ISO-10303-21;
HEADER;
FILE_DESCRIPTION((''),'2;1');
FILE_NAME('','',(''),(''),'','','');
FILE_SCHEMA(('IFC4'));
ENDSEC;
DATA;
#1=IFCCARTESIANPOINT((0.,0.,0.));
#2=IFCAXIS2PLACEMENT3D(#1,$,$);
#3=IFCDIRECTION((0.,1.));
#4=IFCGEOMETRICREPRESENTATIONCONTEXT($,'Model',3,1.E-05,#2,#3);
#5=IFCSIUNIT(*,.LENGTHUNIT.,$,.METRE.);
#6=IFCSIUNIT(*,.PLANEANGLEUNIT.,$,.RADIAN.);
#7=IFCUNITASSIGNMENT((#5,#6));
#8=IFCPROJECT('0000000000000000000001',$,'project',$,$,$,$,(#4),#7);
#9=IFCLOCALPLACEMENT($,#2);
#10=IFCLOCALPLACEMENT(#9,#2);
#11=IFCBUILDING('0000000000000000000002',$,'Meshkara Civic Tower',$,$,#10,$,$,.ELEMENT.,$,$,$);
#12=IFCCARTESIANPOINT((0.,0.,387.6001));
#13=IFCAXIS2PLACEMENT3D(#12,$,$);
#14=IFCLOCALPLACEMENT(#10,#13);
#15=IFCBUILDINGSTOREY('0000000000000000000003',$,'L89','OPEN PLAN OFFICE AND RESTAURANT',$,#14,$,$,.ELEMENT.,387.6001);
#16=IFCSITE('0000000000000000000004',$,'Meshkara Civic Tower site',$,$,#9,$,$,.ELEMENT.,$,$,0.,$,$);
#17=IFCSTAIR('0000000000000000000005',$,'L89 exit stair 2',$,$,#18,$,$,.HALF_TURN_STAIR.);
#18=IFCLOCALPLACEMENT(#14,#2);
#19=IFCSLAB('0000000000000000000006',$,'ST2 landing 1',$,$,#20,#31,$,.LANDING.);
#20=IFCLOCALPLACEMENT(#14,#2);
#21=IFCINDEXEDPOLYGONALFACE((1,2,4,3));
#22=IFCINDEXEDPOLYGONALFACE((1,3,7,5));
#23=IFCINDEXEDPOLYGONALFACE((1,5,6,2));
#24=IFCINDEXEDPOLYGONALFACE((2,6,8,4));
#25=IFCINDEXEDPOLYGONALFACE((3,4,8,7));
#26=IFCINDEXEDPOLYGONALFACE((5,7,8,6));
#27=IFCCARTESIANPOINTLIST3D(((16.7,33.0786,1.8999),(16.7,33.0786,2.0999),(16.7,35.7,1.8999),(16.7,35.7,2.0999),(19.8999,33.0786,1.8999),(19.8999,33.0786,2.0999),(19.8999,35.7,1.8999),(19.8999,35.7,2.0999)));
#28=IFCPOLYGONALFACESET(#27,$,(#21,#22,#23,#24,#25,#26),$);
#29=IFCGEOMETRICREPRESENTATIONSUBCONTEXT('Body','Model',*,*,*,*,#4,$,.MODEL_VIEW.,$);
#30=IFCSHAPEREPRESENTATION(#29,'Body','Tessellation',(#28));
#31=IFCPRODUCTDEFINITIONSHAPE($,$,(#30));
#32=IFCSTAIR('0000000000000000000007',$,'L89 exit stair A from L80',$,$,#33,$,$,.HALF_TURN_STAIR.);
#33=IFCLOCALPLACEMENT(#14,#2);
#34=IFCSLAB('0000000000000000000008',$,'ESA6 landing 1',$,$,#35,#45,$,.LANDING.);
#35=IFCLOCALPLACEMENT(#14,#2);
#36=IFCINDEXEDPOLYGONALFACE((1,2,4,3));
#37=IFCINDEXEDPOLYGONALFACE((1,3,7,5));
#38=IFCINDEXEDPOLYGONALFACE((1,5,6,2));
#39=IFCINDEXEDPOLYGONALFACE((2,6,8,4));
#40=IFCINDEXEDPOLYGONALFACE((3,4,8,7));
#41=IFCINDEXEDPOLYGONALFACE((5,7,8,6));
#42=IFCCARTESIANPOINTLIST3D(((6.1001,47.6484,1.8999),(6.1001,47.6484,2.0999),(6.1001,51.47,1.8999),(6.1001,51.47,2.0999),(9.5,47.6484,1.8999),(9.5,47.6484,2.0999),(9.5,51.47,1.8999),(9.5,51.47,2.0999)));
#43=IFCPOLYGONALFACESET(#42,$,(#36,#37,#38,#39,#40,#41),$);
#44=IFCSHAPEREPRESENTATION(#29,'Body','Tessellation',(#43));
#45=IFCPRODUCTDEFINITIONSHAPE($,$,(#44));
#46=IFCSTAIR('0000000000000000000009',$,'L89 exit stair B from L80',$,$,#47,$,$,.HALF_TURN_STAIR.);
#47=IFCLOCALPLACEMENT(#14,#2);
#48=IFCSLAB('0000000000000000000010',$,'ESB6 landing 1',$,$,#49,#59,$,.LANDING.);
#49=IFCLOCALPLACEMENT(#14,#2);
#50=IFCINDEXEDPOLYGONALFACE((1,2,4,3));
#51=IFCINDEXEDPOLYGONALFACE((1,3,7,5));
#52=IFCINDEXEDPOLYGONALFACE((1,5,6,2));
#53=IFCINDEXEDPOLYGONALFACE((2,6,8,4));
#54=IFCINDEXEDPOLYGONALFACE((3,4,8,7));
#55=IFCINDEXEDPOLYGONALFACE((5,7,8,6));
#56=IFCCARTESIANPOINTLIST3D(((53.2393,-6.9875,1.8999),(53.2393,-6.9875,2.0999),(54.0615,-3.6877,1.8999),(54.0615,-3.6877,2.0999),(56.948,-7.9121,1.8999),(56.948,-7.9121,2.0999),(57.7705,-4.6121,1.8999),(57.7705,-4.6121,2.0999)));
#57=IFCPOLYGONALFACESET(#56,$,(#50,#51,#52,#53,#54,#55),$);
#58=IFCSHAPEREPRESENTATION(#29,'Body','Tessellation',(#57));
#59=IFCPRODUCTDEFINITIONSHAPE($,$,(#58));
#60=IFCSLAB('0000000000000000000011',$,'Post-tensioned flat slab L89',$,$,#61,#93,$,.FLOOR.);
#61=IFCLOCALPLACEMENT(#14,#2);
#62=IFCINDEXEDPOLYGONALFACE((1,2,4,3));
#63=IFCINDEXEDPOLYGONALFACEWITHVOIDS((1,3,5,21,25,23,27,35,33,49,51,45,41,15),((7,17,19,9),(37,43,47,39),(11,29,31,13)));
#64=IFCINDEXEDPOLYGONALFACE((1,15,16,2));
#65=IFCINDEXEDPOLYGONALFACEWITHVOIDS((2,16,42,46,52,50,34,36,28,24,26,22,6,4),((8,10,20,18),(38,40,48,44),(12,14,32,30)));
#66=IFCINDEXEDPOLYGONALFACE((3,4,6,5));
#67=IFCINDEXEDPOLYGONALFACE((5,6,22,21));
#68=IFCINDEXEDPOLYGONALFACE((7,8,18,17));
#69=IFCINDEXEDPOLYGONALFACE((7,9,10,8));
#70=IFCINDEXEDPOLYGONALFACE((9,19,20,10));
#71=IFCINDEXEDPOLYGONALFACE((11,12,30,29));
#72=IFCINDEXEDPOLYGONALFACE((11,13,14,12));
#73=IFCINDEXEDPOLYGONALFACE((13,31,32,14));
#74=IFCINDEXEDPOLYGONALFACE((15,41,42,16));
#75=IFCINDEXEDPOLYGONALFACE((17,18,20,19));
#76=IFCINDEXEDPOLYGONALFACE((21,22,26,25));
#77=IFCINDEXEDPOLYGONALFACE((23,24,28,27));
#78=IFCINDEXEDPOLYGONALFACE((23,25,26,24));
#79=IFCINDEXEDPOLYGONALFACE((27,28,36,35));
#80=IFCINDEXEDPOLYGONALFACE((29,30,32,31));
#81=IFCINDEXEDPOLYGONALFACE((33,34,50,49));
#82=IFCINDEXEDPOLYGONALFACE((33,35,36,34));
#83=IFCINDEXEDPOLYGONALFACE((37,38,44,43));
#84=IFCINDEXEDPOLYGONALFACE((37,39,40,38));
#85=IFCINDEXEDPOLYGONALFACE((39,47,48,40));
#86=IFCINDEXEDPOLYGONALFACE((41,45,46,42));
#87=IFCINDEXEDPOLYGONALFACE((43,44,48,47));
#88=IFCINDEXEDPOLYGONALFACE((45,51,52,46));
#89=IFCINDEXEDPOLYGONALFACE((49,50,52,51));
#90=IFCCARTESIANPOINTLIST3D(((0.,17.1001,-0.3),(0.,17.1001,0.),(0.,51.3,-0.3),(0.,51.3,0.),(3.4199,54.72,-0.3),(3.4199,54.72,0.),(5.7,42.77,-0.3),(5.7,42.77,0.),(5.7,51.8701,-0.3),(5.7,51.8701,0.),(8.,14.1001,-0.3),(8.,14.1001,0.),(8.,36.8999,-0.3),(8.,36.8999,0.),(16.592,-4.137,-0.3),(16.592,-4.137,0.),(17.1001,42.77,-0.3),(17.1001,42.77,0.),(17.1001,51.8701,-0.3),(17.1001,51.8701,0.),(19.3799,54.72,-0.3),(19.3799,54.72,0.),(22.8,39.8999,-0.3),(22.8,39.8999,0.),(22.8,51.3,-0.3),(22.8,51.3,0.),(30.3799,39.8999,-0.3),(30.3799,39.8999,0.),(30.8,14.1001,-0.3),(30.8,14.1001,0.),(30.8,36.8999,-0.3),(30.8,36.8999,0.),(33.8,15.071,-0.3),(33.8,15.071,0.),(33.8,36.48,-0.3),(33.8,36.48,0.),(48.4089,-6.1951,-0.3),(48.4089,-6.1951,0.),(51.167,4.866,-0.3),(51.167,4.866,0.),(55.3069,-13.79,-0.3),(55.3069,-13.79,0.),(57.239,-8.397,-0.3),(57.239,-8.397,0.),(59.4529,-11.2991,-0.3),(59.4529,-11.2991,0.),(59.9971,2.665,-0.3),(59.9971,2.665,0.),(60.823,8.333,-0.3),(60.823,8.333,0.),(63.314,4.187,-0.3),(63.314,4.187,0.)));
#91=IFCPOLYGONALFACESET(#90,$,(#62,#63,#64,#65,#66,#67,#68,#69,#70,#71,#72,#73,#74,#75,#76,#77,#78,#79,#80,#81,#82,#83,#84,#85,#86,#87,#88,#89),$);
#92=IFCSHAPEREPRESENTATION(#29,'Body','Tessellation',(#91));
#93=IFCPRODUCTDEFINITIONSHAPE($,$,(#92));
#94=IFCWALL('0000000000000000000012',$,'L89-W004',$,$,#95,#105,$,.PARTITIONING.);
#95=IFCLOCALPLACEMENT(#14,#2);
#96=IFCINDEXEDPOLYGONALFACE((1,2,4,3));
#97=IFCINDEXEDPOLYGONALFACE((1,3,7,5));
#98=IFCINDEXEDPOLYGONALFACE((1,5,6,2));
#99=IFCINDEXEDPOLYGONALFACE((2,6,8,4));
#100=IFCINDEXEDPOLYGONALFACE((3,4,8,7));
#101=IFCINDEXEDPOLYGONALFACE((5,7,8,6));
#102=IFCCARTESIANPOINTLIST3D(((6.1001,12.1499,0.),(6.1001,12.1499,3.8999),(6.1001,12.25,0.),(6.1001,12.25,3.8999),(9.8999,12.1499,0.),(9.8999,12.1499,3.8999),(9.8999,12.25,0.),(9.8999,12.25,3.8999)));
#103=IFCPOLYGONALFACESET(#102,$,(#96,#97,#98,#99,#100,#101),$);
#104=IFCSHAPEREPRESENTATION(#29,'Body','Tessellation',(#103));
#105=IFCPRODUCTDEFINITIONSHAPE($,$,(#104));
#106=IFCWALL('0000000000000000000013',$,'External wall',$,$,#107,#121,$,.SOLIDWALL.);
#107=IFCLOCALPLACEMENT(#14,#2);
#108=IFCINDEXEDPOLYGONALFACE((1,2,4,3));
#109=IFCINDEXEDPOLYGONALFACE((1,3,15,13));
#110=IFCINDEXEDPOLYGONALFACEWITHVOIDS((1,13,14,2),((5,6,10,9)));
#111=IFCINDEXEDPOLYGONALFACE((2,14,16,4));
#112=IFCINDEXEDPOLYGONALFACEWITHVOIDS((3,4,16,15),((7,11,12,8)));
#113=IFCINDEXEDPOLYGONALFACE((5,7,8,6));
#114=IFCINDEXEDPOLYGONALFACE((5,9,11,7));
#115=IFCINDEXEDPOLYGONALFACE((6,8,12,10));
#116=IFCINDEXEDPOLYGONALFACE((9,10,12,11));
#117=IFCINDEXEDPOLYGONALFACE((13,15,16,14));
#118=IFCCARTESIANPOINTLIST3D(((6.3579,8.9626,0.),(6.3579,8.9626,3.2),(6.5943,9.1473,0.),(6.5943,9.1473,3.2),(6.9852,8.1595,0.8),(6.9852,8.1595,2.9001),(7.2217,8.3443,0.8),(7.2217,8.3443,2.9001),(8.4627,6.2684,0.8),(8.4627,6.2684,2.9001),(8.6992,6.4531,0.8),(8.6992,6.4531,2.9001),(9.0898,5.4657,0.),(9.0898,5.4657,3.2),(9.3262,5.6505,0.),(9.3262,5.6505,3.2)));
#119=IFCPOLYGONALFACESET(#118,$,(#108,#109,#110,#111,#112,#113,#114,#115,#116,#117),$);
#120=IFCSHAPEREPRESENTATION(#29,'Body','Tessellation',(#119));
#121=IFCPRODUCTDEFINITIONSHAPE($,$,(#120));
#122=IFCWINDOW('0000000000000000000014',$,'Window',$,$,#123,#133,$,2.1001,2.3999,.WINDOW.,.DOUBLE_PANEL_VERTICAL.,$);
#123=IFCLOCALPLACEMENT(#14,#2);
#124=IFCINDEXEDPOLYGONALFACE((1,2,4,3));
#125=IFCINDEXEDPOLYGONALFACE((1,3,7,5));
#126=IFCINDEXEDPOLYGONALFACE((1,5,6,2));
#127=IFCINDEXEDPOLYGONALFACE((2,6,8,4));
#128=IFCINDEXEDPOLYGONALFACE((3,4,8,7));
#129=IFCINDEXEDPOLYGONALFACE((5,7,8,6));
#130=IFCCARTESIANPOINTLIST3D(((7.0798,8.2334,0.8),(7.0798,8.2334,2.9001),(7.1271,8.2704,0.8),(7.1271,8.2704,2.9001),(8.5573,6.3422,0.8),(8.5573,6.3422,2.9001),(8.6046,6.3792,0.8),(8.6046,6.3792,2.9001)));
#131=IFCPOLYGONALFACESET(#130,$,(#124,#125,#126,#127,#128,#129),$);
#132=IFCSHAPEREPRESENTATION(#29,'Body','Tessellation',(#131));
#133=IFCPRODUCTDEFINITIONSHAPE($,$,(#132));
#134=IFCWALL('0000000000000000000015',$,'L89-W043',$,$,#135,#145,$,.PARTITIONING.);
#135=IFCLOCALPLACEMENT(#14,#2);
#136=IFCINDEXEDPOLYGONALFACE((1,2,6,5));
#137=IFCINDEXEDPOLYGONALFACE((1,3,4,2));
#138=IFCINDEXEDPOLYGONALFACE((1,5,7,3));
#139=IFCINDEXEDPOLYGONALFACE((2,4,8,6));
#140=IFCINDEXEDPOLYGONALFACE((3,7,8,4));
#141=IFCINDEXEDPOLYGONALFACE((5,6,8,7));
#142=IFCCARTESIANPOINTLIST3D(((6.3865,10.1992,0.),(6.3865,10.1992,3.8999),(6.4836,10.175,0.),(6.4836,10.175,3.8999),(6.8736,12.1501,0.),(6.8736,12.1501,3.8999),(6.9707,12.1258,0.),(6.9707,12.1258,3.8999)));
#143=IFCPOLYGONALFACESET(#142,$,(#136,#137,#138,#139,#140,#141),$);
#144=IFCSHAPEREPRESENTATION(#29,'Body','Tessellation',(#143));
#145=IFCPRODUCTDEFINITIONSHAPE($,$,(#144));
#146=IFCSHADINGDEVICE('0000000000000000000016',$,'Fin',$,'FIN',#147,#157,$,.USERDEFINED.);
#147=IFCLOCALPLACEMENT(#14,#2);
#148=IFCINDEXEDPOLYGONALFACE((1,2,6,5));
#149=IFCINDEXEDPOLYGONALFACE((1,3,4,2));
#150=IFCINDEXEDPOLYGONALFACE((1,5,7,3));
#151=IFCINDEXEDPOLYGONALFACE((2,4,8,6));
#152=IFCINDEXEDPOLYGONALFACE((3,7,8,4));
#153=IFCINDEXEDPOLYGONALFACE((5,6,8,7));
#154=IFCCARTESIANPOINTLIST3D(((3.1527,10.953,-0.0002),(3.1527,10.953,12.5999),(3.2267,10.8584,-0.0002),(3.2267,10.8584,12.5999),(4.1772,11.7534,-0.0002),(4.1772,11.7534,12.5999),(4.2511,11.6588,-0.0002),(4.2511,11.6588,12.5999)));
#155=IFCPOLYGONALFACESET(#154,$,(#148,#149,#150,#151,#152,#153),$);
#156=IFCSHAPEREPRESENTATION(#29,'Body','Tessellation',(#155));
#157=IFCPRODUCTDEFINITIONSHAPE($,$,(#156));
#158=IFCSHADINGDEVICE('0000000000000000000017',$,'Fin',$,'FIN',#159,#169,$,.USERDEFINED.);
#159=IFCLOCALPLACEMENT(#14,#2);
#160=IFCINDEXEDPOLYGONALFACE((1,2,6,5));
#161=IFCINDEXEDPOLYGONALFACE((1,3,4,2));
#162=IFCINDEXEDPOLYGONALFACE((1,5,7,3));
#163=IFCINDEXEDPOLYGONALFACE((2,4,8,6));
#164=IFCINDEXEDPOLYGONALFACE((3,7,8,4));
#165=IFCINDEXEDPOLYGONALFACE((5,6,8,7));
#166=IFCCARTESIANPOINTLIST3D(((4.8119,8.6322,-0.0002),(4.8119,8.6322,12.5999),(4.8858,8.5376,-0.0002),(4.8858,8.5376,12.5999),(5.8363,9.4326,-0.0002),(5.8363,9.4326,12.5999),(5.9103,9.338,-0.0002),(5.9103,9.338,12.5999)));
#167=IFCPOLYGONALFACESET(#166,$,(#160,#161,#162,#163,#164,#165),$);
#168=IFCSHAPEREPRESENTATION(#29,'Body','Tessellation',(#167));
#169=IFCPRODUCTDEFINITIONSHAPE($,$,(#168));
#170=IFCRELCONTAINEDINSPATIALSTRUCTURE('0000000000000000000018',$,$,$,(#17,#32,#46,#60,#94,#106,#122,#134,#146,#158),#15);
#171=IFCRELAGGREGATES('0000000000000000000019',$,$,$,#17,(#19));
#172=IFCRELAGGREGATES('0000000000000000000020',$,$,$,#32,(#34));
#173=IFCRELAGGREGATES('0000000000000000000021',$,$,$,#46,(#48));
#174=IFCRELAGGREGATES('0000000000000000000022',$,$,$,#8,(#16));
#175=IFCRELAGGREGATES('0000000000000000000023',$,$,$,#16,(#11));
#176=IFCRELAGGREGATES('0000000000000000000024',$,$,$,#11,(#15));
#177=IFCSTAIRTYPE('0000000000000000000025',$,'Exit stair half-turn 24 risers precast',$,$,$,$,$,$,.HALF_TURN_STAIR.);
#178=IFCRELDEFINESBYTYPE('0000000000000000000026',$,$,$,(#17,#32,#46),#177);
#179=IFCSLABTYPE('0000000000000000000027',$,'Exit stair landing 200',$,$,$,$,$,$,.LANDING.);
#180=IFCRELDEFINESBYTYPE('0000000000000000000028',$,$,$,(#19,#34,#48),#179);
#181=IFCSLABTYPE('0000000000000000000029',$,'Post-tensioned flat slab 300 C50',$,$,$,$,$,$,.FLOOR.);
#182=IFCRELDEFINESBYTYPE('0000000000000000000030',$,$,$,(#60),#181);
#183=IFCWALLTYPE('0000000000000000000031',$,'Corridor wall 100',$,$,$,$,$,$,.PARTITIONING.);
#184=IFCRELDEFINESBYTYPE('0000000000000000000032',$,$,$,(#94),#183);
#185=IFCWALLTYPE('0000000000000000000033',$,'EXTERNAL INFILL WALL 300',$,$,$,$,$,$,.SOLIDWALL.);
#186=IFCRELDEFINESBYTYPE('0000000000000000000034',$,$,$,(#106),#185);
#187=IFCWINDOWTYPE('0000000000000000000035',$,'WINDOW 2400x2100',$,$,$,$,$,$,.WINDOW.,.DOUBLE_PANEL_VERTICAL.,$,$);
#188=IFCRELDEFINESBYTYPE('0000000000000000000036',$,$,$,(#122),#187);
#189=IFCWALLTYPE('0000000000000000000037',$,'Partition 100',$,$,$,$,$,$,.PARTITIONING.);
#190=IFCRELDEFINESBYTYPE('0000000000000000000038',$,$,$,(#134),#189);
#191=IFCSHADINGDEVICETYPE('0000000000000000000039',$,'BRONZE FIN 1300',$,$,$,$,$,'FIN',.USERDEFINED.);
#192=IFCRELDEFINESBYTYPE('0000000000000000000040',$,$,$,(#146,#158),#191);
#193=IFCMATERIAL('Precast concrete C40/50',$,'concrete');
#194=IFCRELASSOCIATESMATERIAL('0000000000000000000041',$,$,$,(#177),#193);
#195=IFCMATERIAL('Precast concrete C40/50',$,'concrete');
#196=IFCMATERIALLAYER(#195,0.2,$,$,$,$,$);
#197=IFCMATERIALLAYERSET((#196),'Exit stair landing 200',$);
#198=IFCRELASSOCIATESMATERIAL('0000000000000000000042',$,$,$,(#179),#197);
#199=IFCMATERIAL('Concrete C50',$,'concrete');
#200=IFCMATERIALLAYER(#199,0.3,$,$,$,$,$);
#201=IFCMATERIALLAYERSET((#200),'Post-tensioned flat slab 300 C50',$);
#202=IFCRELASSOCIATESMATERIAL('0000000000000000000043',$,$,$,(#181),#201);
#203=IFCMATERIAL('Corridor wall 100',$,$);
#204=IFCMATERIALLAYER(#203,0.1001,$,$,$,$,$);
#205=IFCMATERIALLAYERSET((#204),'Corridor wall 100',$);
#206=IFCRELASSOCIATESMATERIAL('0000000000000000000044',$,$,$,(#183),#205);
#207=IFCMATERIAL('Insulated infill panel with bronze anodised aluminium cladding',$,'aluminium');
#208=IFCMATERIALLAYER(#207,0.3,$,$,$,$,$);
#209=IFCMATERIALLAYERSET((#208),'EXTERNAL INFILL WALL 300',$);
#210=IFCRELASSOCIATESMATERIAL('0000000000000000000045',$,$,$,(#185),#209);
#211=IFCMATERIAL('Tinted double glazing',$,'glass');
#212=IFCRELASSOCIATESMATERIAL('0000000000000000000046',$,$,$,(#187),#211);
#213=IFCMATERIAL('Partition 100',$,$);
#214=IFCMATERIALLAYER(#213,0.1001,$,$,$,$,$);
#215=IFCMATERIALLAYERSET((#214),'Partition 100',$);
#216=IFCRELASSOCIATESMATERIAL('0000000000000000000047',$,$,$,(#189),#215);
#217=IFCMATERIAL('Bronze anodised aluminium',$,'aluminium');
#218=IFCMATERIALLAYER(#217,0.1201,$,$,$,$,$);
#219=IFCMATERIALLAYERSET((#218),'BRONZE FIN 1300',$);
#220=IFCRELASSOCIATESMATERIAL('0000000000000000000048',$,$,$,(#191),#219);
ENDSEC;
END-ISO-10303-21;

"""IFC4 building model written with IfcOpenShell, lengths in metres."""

from ifc_helpers import new_model, si_unit, direction, frame, frame_2d, origin, origin_2d, place, context, subcontext, project, spatial, polyline, rectangle, outline, extrude, material, layer, layer_set, type_object, element, fill, aggregate, save


model = new_model("IFC4")

# Units and contexts
model_context = context("Model", 3, precision=1e-05, world=origin(), true_north=direction((0.0, 1.0)))
body_context = subcontext(model_context, "Body", "Model", "MODEL_VIEW")
ifc_project = project(units=[si_unit("LENGTHUNIT", "METRE"), si_unit("PLANEANGLEUNIT", "RADIAN")], contexts=[model_context])

# Site, building, storey
site_placement = place(None, origin())
site = spatial("IfcSite", under=ifc_project, at=site_placement, Name="Meshkara Civic Tower site", CompositionType="ELEMENT", RefElevation=0.0)
building_placement = place(site_placement, origin())
building = spatial("IfcBuilding", under=site, at=building_placement, Name="Meshkara Civic Tower", CompositionType="ELEMENT")
storey_placement = place(building_placement, frame((0.0, 0.0, 387.6001)))
storey = spatial("IfcBuildingStorey", under=building, at=storey_placement, Name="L89", Description="OPEN PLAN OFFICE AND RESTAURANT", CompositionType="ELEMENT", Elevation=387.6001)

# Stairs, slabs
ifc_material_1 = material(Name="Precast concrete C40/50", Category="concrete")
stair_type = type_object("IfcStairType", Name="Exit stair half-turn 24 risers precast", PredefinedType="HALF_TURN_STAIR", material=ifc_material_1)
ifc_material_2 = material(Name="Precast concrete C40/50", Category="concrete")
ifc_layer_1 = layer(ifc_material_2, 0.2)
ifc_layer_set_1 = layer_set([ifc_layer_1], Name="Exit stair landing 200")
slab_type_1 = type_object("IfcSlabType", Name="Exit stair landing 200", PredefinedType="LANDING", material=ifc_layer_set_1)
stair_1_placement = place(storey_placement, origin())
stair_1 = element("IfcStair", 1, at=stair_1_placement, inside=storey, type_object=stair_type, Name="L89 exit stair 2", PredefinedType="HALF_TURN_STAIR")
slab_1_placement = place(storey_placement, frame((0.0, 0.0, 1.8999)))
slab_1 = element("IfcSlab", 2, at=slab_1_placement, type_object=slab_type_1, Name="ST2 landing 1", PredefinedType="LANDING", context=body_context, shape_type="SweptSolid", body=[
    extrude(outline(polyline([(19.8999, 33.0786), (19.8999, 35.7), (16.7, 35.7), (16.7, 33.0786), (19.8999, 33.0786)])), origin(), (0.0, 0.0, 1.0), 0.2),
])
aggregate(stair_1, [slab_1])
stair_2_placement = place(storey_placement, origin())
stair_2 = element("IfcStair", 3, at=stair_2_placement, inside=storey, type_object=stair_type, Name="L89 exit stair A from L80", PredefinedType="HALF_TURN_STAIR")
slab_2_placement = place(storey_placement, frame((0.0, 0.0, 1.8999)))
slab_2 = element("IfcSlab", 4, at=slab_2_placement, type_object=slab_type_1, Name="ESA6 landing 1", PredefinedType="LANDING", context=body_context, shape_type="SweptSolid", body=[
    extrude(outline(polyline([(9.5, 47.6484), (9.5, 51.47), (6.1001, 51.47), (6.1001, 47.6484), (9.5, 47.6484)])), origin(), (0.0, 0.0, 1.0), 0.2),
])
aggregate(stair_2, [slab_2])
stair_3_placement = place(storey_placement, origin())
stair_3 = element("IfcStair", 5, at=stair_3_placement, inside=storey, type_object=stair_type, Name="L89 exit stair B from L80", PredefinedType="HALF_TURN_STAIR")
slab_3_placement = place(storey_placement, frame((0.0, 0.0, 1.8999)))
slab_3 = element("IfcSlab", 6, at=slab_3_placement, type_object=slab_type_1, Name="ESB6 landing 1", PredefinedType="LANDING", context=body_context, shape_type="SweptSolid", body=[
    extrude(outline(polyline([(53.2393, -6.9875), (56.948, -7.9121), (57.7705, -4.6121), (54.0615, -3.6877), (53.2393, -6.9875)])), origin(), (0.0, 0.0, 1.0), 0.2),
])
aggregate(stair_3, [slab_3])

# Slab
ifc_material_3 = material(Name="Concrete C50", Category="concrete")
ifc_layer_2 = layer(ifc_material_3, 0.3)
ifc_layer_set_2 = layer_set([ifc_layer_2], Name="Post-tensioned flat slab 300 C50")
slab_type_2 = type_object("IfcSlabType", Name="Post-tensioned flat slab 300 C50", PredefinedType="FLOOR", material=ifc_layer_set_2)
slab_4_placement = place(storey_placement, frame((0.0, 0.0, -0.3)))
element("IfcSlab", 7, at=slab_4_placement, inside=storey, type_object=slab_type_2, Name="Post-tensioned flat slab L89", PredefinedType="FLOOR", context=body_context, shape_type="SweptSolid", body=[
    extrude(outline(polyline([(59.4529, -11.2991), (55.3069, -13.79), (16.592, -4.137), (0.0, 17.1001), (0.0, 51.3), (3.4199, 54.72), (19.3799, 54.72), (22.8, 51.3), (22.8, 39.8999), (30.3799, 39.8999), (33.8, 36.48), (33.8, 15.071), (60.823, 8.333), (63.314, 4.187), (59.4529, -11.2991)]), holes=[polyline([(57.239, -8.397), (59.9971, 2.665), (51.167, 4.866), (48.4089, -6.1951), (57.239, -8.397)]), polyline([(8.0, 14.1001), (30.8, 14.1001), (30.8, 36.8999), (8.0, 36.8999), (8.0, 14.1001)]), polyline([(5.7, 51.8701), (5.7, 42.77), (17.1001, 42.77), (17.1001, 51.8701), (5.7, 51.8701)])]), origin(), (0.0, 0.0, 1.0), 0.3),
])

# Wall
ifc_material_4 = material(Name="Corridor wall 100")
ifc_layer_3 = layer(ifc_material_4, 0.1001)
ifc_layer_set_3 = layer_set([ifc_layer_3], Name="Corridor wall 100")
wall_type_1 = type_object("IfcWallType", Name="Corridor wall 100", PredefinedType="PARTITIONING", material=ifc_layer_set_3)
wall_1_placement = place(storey_placement, frame((6.1001, 12.2, 0.0), z_axis=(0.0, 0.0, 1.0), x_axis=(1.0, 0.0, 0.0)))
element("IfcWall", 8, at=wall_1_placement, inside=storey, type_object=wall_type_1, Name="L89-W004", PredefinedType="PARTITIONING", context=body_context, shape_type="SweptSolid", body=[
    extrude(rectangle(XDim=3.7998, YDim=0.1001, at=frame_2d((1.8999, 0.0))), origin(), (0.0, 0.0, 1.0), 3.8999),
])

# Wall, opening, window
ifc_material_5 = material(Name="Insulated infill panel with bronze anodised aluminium cladding", Category="aluminium")
ifc_layer_4 = layer(ifc_material_5, 0.3)
ifc_layer_set_4 = layer_set([ifc_layer_4], Name="EXTERNAL INFILL WALL 300")
wall_type_2 = type_object("IfcWallType", Name="EXTERNAL INFILL WALL 300", PredefinedType="SOLIDWALL", material=ifc_layer_set_4)
wall_2_placement = place(storey_placement, frame((6.4761, 9.0549, 0.0), z_axis=(0.0, 0.0, 1.0), x_axis=(0.615649, -0.78802, 0.0)))
wall_2 = element("IfcWall", 9, at=wall_2_placement, inside=storey, type_object=wall_type_2, Name="External wall", PredefinedType="SOLIDWALL", context=body_context, shape_type="SweptSolid", body=[
    extrude(rectangle(XDim=4.4375, YDim=0.3, at=frame_2d((2.2188, 0.0))), origin(), (0.0, 0.0, 1.0), 3.2),
])
opening_placement = place(wall_2_placement, frame((1.019, 0.0, 0.8)))
opening = element("IfcOpeningElement", 10, at=opening_placement, cuts=wall_2, PredefinedType="OPENING", context=body_context, shape_type="SweptSolid", body=[
    extrude(rectangle(XDim=2.3999, YDim=2.1001, at=frame_2d((1.2, 1.05))), frame((0.0, 0.1599, 0.0), z_axis=(0.0, -1.0, 0.0), x_axis=(1.0, 0.0, 0.0)), (0.0, 0.0, 1.0), 0.3201),
])
ifc_material_6 = material(Name="Tinted double glazing", Category="glass")
window_type = type_object("IfcWindowType", Name="WINDOW 2400x2100", PartitioningType="DOUBLE_PANEL_VERTICAL", PredefinedType="WINDOW", material=ifc_material_6)
window_placement = place(opening_placement, origin())
window = element("IfcWindow", 11, at=window_placement, inside=storey, type_object=window_type, Name="Window", OverallHeight=2.1001, OverallWidth=2.3999, PartitioningType="DOUBLE_PANEL_VERTICAL", PredefinedType="WINDOW", context=body_context, shape_type="SweptSolid", body=[
    extrude(rectangle(XDim=2.3999, YDim=2.1001, at=frame_2d((1.2, 1.05))), frame((0.0, 0.03, 0.0), z_axis=(0.0, -1.0, 0.0), x_axis=(1.0, 0.0, 0.0)), (0.0, 0.0, 1.0), 0.0601),
])
fill(opening, window)

# Wall
ifc_material_7 = material(Name="Partition 100")
ifc_layer_5 = layer(ifc_material_7, 0.1001)
ifc_layer_set_5 = layer_set([ifc_layer_5], Name="Partition 100")
wall_type_3 = type_object("IfcWallType", Name="Partition 100", PredefinedType="PARTITIONING", material=ifc_layer_set_5)
wall_3_placement = place(storey_placement, frame((6.9221, 12.1379, 0.0), z_axis=(0.0, 0.0, 1.0), x_axis=(-0.242221, -0.970221, 0.0)))
element("IfcWall", 12, at=wall_3_placement, inside=storey, type_object=wall_type_3, Name="L89-W043", PredefinedType="PARTITIONING", context=body_context, shape_type="SweptSolid", body=[
    extrude(rectangle(XDim=2.0107, YDim=0.1001, at=frame_2d((1.0054, 0.0))), origin(), (0.0, 0.0, 1.0), 3.8999),
])

# Shading devices
ifc_material_8 = material(Name="Bronze anodised aluminium", Category="aluminium")
ifc_layer_6 = layer(ifc_material_8, 0.1201)
ifc_layer_set_6 = layer_set([ifc_layer_6], Name="BRONZE FIN 1300")
shading_device_type = type_object("IfcShadingDeviceType", Name="BRONZE FIN 1300", ElementType="FIN", PredefinedType="USERDEFINED", material=ifc_layer_set_6)
for number, where, z_axis, x_axis, name in (
    (13, (3.7019, 11.3059, -0.0002), (0.0, 0.0, 1.0), (0.615661, -0.788011, 0.0), "Fin"),
    (14, (5.3611, 8.9851, -0.0002), (0.0, 0.0, 1.0), (0.615661, -0.788011, 0.0), "Fin"),
):
    element("IfcShadingDevice", number, at=place(storey_placement, frame(where, z_axis=z_axis, x_axis=x_axis)), inside=storey, type_object=shading_device_type, Name=name, ObjectType="FIN", PredefinedType="USERDEFINED", context=body_context, shape_type="SweptSolid", body=[
        extrude(rectangle(XDim=0.1201, YDim=1.3, at=origin_2d()), origin(), (0.0, 0.0, 1.0), 12.6001),
    ])

save(model, "model.ifc")
